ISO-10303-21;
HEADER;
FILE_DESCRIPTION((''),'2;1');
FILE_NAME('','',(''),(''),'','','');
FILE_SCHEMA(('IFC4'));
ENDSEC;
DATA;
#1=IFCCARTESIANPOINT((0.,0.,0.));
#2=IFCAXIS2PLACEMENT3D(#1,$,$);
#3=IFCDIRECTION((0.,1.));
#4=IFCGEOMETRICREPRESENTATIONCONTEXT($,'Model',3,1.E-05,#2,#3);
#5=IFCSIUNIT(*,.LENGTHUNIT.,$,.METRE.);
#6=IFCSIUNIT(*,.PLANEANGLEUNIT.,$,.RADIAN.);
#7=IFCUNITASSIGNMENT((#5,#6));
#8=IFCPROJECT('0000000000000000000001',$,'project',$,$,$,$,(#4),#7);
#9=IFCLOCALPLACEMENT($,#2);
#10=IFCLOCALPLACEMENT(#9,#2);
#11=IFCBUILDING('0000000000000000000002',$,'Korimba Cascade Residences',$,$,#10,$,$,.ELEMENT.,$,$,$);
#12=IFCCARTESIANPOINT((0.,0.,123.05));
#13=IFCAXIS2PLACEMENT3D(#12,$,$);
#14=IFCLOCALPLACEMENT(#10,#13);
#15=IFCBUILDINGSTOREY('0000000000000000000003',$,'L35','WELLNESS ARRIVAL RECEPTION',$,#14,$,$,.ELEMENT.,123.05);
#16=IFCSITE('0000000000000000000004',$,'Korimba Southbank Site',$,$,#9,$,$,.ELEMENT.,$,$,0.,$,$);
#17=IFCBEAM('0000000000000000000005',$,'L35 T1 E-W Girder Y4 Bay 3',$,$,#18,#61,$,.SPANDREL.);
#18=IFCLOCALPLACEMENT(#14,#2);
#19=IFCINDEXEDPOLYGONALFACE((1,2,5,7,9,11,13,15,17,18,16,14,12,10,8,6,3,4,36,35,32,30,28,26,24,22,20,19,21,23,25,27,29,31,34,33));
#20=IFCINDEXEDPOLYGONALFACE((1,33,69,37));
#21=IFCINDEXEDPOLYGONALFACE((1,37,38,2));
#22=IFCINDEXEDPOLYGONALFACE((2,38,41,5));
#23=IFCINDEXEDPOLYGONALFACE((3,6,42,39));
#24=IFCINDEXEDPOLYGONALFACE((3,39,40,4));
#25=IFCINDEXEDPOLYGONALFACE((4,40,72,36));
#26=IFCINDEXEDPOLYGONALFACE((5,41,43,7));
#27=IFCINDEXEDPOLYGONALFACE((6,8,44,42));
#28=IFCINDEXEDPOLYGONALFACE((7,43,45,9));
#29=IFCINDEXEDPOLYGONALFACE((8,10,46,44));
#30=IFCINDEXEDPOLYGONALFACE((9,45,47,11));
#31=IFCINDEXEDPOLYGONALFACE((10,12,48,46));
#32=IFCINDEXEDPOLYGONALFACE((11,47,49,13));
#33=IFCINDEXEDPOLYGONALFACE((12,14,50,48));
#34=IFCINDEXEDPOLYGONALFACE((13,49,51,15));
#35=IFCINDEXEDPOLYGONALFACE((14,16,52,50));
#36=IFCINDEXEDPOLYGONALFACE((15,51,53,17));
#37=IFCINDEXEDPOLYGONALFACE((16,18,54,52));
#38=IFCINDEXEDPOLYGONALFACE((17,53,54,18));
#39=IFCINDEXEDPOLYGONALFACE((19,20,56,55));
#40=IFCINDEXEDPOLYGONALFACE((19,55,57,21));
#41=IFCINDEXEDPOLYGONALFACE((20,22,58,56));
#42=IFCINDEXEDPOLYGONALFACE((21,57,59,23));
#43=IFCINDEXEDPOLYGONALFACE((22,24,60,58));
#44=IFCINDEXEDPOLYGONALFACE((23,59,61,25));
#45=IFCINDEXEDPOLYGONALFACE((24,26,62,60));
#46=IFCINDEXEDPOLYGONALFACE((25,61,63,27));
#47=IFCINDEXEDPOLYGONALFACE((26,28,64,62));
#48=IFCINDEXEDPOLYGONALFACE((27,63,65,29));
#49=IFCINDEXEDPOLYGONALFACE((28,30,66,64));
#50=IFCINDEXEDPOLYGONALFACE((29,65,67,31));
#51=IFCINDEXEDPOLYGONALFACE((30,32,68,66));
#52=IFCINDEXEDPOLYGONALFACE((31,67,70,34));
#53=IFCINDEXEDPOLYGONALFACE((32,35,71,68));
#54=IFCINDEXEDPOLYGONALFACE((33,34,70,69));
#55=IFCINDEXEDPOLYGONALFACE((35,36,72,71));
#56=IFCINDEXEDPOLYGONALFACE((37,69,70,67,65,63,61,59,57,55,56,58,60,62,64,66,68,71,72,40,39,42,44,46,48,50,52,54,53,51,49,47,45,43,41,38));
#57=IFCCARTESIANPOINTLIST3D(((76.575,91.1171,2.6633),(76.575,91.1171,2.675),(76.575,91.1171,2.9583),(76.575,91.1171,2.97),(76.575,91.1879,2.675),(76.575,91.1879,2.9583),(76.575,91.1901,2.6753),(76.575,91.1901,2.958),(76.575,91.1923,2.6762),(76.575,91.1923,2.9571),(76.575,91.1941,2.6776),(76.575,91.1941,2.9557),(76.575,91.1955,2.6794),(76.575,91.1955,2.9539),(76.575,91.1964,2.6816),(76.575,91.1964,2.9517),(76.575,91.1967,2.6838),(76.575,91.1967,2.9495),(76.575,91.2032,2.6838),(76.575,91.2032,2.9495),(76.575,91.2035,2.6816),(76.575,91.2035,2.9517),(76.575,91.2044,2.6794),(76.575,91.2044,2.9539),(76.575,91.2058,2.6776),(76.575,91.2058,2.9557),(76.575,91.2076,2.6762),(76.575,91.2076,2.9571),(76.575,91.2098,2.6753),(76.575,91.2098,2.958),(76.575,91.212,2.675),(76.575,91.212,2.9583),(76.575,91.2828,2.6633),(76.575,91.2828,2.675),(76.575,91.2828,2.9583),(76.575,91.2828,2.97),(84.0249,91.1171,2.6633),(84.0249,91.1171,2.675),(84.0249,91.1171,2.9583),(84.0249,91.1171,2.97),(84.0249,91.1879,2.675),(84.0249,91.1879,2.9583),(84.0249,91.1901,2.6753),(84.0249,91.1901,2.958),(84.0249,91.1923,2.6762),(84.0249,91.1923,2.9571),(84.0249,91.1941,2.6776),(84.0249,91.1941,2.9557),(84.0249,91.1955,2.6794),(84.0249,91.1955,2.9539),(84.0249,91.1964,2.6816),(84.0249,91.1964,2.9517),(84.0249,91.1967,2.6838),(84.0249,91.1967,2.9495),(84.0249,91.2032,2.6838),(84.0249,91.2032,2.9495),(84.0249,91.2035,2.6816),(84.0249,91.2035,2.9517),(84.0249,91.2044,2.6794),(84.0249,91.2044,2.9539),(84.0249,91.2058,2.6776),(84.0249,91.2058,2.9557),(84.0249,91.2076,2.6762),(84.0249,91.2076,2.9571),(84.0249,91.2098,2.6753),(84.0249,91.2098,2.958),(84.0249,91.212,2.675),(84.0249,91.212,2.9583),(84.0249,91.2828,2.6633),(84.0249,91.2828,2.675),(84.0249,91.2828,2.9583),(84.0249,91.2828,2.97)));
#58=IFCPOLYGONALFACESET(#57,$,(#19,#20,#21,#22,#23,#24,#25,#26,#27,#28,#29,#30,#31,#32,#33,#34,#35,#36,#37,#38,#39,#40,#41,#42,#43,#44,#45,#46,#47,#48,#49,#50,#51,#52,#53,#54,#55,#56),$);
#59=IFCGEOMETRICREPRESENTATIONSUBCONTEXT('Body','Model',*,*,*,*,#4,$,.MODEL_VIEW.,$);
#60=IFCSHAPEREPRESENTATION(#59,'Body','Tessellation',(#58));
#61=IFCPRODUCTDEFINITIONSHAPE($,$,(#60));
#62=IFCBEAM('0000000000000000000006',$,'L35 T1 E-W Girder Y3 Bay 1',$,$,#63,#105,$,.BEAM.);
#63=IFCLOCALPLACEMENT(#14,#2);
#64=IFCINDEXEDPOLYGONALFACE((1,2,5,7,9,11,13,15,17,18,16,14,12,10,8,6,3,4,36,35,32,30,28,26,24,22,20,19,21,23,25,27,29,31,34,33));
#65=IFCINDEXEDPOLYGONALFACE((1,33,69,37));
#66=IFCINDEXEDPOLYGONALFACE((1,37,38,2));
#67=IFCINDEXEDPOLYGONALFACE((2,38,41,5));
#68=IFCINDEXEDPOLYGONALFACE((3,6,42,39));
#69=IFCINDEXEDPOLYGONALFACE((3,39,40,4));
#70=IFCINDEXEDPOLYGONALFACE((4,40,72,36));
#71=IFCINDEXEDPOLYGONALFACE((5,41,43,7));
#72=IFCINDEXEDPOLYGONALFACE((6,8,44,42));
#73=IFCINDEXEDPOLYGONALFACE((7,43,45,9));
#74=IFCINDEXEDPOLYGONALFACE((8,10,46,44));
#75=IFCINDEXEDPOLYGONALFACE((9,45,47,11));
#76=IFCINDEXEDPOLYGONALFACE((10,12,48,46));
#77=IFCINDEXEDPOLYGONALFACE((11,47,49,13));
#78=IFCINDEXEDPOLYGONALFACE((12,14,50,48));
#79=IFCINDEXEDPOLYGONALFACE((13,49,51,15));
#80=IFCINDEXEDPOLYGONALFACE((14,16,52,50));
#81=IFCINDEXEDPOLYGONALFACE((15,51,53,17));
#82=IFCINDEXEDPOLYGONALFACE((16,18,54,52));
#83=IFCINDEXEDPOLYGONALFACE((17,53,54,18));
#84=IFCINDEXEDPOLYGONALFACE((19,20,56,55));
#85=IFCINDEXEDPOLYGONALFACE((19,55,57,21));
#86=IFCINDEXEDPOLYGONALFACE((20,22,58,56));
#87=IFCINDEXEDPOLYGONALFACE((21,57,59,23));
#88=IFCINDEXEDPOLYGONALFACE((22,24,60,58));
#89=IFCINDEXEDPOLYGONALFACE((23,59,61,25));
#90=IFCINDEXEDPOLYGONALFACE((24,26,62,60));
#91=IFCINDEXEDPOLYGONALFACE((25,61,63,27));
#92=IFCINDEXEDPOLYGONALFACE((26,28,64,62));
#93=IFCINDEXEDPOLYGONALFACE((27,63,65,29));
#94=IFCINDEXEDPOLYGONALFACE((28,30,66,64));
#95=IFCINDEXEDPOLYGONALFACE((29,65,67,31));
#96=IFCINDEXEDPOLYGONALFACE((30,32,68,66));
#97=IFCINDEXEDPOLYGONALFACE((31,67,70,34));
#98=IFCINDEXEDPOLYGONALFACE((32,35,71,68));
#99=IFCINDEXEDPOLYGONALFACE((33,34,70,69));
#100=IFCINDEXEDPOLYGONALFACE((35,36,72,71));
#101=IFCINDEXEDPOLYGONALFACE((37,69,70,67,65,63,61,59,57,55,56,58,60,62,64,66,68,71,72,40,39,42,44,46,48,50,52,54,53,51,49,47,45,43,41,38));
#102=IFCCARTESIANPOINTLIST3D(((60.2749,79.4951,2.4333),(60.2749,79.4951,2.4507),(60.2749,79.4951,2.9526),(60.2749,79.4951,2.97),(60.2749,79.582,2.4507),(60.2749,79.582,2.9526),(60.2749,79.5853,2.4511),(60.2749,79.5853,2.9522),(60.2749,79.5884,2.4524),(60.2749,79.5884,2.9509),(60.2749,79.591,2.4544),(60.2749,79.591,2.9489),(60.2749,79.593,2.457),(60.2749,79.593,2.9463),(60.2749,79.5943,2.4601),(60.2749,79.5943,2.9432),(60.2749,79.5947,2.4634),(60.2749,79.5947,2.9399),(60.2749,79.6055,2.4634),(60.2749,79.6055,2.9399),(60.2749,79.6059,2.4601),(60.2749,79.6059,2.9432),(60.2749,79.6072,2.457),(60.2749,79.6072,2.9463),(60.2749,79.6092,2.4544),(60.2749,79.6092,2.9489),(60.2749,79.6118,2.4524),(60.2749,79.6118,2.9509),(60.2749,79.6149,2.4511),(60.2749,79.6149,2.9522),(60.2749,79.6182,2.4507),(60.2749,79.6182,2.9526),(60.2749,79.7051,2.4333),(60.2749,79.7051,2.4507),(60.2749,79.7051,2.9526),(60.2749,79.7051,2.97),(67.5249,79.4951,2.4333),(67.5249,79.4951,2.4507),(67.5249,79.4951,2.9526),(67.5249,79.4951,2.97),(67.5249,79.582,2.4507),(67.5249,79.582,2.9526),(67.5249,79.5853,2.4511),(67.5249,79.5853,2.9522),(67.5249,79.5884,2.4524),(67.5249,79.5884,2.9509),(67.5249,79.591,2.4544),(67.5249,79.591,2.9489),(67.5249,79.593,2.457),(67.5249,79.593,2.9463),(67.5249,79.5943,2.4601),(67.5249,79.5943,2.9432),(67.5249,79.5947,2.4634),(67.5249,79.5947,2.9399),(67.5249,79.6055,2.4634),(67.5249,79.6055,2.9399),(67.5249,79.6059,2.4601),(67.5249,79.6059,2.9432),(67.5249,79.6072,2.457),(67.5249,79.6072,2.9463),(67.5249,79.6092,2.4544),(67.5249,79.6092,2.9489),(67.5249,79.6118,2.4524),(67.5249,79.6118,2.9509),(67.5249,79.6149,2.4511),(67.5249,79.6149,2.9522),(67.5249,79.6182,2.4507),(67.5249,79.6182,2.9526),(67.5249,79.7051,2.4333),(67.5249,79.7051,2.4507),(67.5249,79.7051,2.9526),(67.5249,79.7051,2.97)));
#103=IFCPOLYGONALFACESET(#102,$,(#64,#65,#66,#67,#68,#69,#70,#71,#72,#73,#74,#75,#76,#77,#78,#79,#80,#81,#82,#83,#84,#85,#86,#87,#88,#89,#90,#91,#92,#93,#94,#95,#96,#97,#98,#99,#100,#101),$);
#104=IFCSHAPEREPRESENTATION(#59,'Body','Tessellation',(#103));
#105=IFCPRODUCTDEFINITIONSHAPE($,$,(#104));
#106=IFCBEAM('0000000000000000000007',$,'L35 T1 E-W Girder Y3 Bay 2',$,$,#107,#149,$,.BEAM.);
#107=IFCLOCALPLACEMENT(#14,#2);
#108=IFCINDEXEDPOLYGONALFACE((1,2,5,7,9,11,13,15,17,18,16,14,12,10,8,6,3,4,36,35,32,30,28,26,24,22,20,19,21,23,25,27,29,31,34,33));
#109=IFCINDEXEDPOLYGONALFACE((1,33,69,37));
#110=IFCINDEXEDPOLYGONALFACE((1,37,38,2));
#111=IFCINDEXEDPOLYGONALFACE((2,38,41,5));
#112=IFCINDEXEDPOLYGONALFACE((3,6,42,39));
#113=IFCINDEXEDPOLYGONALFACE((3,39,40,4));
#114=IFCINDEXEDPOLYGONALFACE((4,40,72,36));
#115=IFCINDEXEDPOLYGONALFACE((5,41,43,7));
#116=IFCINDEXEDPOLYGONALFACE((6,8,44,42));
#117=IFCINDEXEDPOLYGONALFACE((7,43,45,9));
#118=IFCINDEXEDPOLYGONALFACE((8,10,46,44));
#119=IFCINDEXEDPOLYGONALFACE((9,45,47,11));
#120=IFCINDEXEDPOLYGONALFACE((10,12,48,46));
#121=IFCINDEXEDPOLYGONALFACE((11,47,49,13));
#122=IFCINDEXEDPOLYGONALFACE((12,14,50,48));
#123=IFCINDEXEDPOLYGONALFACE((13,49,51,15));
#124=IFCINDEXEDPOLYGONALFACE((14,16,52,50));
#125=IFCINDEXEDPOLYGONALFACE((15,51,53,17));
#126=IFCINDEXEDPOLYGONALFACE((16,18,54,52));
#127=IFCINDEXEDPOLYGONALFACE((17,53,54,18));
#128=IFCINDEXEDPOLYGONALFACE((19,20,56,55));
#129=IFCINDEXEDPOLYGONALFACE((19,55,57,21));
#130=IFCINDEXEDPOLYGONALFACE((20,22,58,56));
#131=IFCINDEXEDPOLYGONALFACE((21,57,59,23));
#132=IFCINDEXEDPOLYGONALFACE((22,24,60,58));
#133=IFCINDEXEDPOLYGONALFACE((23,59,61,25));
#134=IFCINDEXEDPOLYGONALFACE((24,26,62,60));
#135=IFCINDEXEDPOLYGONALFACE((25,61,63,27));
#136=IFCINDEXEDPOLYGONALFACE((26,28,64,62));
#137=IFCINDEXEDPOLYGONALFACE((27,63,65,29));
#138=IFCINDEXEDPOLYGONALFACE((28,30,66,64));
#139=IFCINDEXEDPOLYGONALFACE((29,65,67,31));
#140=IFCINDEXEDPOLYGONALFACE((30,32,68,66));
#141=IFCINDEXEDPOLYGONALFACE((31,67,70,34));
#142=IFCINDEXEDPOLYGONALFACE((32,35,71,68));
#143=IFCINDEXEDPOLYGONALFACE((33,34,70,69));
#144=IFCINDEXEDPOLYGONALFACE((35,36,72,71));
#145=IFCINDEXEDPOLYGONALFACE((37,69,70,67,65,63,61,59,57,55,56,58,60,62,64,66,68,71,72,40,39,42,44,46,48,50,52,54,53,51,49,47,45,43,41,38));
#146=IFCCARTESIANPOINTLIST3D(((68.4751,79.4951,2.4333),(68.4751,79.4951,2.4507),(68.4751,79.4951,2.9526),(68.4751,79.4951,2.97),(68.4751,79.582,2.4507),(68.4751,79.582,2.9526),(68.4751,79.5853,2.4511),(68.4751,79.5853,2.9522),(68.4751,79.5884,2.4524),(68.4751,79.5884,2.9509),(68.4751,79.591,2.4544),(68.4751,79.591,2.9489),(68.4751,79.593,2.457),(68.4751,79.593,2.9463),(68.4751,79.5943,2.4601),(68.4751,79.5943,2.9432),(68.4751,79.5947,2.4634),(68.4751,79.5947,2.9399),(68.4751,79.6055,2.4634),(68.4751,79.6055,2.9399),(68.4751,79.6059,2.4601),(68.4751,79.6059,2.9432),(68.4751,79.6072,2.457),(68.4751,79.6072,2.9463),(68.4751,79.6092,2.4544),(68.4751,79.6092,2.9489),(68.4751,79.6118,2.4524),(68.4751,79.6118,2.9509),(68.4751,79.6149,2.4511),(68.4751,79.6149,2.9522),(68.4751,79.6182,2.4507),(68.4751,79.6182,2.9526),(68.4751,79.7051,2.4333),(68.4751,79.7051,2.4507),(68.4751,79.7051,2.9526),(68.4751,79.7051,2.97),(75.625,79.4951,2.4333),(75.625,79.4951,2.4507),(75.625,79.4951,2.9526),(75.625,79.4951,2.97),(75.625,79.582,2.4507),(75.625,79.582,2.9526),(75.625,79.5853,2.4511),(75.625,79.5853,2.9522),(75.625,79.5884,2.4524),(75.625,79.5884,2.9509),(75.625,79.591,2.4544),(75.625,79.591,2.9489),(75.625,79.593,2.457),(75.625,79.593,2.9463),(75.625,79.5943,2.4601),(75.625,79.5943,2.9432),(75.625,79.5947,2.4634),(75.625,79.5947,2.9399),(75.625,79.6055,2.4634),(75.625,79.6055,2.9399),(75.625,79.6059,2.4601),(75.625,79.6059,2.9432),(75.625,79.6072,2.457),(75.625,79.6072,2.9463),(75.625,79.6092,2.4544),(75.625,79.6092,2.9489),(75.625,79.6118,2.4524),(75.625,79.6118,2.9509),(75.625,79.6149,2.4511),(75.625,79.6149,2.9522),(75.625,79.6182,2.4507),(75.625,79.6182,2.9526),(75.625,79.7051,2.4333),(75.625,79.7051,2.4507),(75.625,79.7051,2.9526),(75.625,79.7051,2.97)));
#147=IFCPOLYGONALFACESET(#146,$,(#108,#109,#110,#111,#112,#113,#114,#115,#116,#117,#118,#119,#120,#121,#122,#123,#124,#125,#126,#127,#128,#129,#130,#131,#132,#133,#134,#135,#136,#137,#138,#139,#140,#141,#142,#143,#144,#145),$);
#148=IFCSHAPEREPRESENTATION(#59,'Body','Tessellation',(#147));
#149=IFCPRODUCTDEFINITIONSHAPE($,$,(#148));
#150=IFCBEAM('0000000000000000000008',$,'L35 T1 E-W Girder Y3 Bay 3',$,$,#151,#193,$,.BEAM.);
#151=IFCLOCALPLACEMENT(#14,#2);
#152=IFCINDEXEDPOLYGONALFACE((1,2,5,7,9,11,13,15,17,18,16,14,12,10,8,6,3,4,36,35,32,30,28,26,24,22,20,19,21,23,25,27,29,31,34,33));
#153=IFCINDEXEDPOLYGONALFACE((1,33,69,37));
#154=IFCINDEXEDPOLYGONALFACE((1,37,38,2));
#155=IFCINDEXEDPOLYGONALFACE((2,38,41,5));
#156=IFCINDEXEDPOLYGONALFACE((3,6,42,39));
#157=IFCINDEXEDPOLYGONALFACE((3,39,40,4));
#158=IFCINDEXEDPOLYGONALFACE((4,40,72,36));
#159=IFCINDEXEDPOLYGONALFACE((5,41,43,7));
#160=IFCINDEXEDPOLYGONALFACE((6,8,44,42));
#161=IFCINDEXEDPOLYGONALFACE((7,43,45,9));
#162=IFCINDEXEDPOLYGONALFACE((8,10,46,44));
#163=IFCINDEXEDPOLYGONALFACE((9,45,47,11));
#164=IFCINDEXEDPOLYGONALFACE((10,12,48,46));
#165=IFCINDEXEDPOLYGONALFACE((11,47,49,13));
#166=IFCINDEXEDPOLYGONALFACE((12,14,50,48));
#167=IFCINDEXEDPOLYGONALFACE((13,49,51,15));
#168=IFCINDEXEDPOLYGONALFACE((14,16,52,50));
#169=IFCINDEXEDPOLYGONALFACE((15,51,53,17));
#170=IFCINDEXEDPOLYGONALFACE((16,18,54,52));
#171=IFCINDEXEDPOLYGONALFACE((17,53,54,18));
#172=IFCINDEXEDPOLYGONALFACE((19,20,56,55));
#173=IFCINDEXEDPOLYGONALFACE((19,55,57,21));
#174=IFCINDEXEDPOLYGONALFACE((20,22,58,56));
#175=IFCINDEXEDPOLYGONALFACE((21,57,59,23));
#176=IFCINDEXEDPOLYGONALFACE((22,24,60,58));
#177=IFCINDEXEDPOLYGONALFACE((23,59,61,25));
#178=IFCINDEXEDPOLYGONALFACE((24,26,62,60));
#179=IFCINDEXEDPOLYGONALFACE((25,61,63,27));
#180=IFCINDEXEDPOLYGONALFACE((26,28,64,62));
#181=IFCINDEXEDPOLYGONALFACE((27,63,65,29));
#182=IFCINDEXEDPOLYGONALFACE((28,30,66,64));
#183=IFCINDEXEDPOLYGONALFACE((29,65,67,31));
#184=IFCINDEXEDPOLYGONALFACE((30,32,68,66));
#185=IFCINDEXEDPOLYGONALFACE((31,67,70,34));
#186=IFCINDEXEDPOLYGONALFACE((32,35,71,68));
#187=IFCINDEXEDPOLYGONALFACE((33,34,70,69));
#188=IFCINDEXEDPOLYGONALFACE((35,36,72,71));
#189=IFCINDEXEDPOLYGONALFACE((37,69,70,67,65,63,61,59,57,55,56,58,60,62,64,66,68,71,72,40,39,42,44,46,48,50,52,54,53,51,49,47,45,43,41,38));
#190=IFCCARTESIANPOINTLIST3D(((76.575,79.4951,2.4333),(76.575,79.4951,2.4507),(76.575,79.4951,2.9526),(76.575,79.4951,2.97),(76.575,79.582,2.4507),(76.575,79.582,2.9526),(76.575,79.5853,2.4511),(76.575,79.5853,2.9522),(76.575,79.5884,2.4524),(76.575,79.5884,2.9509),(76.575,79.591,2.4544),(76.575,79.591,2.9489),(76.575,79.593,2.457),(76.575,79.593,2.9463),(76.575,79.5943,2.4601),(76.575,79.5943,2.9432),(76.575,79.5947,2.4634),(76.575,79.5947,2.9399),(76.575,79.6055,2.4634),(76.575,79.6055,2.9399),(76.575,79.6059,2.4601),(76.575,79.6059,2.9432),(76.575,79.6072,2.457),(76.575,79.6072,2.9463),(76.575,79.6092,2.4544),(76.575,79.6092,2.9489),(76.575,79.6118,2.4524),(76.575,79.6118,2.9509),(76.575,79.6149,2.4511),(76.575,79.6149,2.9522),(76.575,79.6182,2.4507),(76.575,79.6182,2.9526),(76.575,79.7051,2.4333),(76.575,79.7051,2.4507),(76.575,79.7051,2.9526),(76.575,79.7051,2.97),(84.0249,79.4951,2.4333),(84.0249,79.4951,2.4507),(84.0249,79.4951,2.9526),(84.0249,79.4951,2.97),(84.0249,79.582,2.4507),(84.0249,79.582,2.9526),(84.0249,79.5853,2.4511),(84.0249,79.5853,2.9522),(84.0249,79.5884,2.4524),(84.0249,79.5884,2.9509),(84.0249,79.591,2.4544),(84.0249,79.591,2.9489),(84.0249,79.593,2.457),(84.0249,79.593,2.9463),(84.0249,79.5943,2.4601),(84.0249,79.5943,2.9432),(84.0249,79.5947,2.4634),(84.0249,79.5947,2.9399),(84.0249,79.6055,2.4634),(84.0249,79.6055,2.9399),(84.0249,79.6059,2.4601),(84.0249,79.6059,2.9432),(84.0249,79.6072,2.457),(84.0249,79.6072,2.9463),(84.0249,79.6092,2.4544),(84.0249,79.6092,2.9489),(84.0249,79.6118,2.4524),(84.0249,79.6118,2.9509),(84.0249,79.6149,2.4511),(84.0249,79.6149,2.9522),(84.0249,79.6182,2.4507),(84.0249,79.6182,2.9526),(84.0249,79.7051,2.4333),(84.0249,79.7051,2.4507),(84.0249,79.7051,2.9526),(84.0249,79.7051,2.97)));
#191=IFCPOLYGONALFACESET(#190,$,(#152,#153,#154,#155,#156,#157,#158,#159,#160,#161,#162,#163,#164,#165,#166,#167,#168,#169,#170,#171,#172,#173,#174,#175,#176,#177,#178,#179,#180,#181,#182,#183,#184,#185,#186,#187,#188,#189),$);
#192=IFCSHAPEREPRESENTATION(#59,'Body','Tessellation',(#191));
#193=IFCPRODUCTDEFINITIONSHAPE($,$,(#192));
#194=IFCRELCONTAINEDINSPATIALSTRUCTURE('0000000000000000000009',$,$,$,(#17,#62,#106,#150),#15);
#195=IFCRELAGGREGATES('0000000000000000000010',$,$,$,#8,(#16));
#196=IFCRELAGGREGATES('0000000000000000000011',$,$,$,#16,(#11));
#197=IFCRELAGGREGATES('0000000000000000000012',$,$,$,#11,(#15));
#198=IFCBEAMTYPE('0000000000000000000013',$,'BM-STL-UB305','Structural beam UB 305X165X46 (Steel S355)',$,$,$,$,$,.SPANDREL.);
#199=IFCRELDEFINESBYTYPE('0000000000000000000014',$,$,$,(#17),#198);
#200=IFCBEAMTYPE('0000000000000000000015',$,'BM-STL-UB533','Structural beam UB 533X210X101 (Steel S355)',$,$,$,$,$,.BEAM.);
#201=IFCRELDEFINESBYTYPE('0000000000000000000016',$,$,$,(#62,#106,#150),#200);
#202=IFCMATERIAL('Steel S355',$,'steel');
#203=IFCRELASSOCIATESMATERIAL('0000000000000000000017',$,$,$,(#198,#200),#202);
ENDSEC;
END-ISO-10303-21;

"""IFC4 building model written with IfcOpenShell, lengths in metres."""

from ifc_helpers import new_model, si_unit, direction, frame, origin, origin_2d, place, context, subcontext, project, spatial, i_section, extrude, material, material_profile, profile_set, type_object, element, save


model = new_model("IFC4")

# Units and contexts
model_context = context("Model", 3, precision=1e-05, world=origin(), true_north=direction((0.0, 1.0)))
body_context = subcontext(model_context, "Body", "Model", "MODEL_VIEW")
ifc_project = project(units=[si_unit("LENGTHUNIT", "METRE"), si_unit("PLANEANGLEUNIT", "RADIAN")], contexts=[model_context])

# Site, building, storey
site_placement = place(None, origin())
site = spatial("IfcSite", under=ifc_project, at=site_placement, Name="Korimba Southbank Site", CompositionType="ELEMENT", RefElevation=0.0)
building_placement = place(site_placement, origin())
building = spatial("IfcBuilding", under=site, at=building_placement, Name="Korimba Cascade Residences", CompositionType="ELEMENT")
storey_placement = place(building_placement, frame((0.0, 0.0, 123.05)))
storey = spatial("IfcBuildingStorey", under=building, at=storey_placement, Name="L35", Description="WELLNESS ARRIVAL RECEPTION", CompositionType="ELEMENT", Elevation=123.05)

# Beams
ifc_material_1 = material(Name="Steel S355", Category="steel")
ifc_material_profile_1 = material_profile(ifc_material_1, i_section(OverallWidth=0.1658, OverallDepth=0.3066, WebThickness=0.0066, FlangeThickness=0.0117, FilletRadius=0.0088, at=origin_2d()), Name="Steel S355")
ifc_profile_set_1 = profile_set([ifc_material_profile_1], Name="Steel S355")
beam_type_1 = type_object("IfcBeamType", Name="BM-STL-UB305", Description="Structural beam UB 305X165X46 (Steel S355)", PredefinedType="SPANDREL", material=ifc_profile_set_1)
beam_1_placement = place(storey_placement, frame((76.575, 91.2, 2.8167), z_axis=(1.0, 0.0, 0.0), x_axis=(0.0, 1.0, 0.0)))
element("IfcBeam", 1, at=beam_1_placement, inside=storey, type_object=beam_type_1, Name="L35 T1 E-W Girder Y4 Bay 3", PredefinedType="SPANDREL", context=body_context, shape_type="SweptSolid", body=[
    extrude(i_section(OverallWidth=0.1658, OverallDepth=0.3066, WebThickness=0.0066, FlangeThickness=0.0117, FilletRadius=0.0088, at=origin_2d()), origin(), (0.0, 0.0, 1.0), 7.45),
])
ifc_material_profile_2 = material_profile(ifc_material_1, i_section(OverallWidth=0.21, OverallDepth=0.5366, WebThickness=0.0107, FlangeThickness=0.0173, FilletRadius=0.0127, at=origin_2d()), Name="Steel S355")
ifc_profile_set_2 = profile_set([ifc_material_profile_2], Name="Steel S355")
beam_type_2 = type_object("IfcBeamType", Name="BM-STL-UB533", Description="Structural beam UB 533X210X101 (Steel S355)", PredefinedType="BEAM", material=ifc_profile_set_2)
beam_2_placement = place(storey_placement, frame((60.2749, 79.6001, 2.7017), z_axis=(1.0, 0.0, 0.0), x_axis=(0.0, 1.0, 0.0)))
element("IfcBeam", 2, at=beam_2_placement, inside=storey, type_object=beam_type_2, Name="L35 T1 E-W Girder Y3 Bay 1", PredefinedType="BEAM", context=body_context, shape_type="SweptSolid", body=[
    extrude(i_section(OverallWidth=0.21, OverallDepth=0.5366, WebThickness=0.0107, FlangeThickness=0.0173, FilletRadius=0.0127, at=origin_2d()), origin(), (0.0, 0.0, 1.0), 7.25),
])
beam_3_placement = place(storey_placement, frame((68.4751, 79.6001, 2.7017), z_axis=(1.0, 0.0, 0.0), x_axis=(0.0, 1.0, 0.0)))
element("IfcBeam", 3, at=beam_3_placement, inside=storey, type_object=beam_type_2, Name="L35 T1 E-W Girder Y3 Bay 2", PredefinedType="BEAM", context=body_context, shape_type="SweptSolid", body=[
    extrude(i_section(OverallWidth=0.21, OverallDepth=0.5366, WebThickness=0.0107, FlangeThickness=0.0173, FilletRadius=0.0127, at=origin_2d()), origin(), (0.0, 0.0, 1.0), 7.1499),
])
beam_4_placement = place(storey_placement, frame((76.575, 79.6001, 2.7017), z_axis=(1.0, 0.0, 0.0), x_axis=(0.0, 1.0, 0.0)))
element("IfcBeam", 4, at=beam_4_placement, inside=storey, type_object=beam_type_2, Name="L35 T1 E-W Girder Y3 Bay 3", PredefinedType="BEAM", context=body_context, shape_type="SweptSolid", body=[
    extrude(i_section(OverallWidth=0.21, OverallDepth=0.5366, WebThickness=0.0107, FlangeThickness=0.0173, FilletRadius=0.0127, at=origin_2d()), origin(), (0.0, 0.0, 1.0), 7.45),
])

save(model, "model.ifc")
